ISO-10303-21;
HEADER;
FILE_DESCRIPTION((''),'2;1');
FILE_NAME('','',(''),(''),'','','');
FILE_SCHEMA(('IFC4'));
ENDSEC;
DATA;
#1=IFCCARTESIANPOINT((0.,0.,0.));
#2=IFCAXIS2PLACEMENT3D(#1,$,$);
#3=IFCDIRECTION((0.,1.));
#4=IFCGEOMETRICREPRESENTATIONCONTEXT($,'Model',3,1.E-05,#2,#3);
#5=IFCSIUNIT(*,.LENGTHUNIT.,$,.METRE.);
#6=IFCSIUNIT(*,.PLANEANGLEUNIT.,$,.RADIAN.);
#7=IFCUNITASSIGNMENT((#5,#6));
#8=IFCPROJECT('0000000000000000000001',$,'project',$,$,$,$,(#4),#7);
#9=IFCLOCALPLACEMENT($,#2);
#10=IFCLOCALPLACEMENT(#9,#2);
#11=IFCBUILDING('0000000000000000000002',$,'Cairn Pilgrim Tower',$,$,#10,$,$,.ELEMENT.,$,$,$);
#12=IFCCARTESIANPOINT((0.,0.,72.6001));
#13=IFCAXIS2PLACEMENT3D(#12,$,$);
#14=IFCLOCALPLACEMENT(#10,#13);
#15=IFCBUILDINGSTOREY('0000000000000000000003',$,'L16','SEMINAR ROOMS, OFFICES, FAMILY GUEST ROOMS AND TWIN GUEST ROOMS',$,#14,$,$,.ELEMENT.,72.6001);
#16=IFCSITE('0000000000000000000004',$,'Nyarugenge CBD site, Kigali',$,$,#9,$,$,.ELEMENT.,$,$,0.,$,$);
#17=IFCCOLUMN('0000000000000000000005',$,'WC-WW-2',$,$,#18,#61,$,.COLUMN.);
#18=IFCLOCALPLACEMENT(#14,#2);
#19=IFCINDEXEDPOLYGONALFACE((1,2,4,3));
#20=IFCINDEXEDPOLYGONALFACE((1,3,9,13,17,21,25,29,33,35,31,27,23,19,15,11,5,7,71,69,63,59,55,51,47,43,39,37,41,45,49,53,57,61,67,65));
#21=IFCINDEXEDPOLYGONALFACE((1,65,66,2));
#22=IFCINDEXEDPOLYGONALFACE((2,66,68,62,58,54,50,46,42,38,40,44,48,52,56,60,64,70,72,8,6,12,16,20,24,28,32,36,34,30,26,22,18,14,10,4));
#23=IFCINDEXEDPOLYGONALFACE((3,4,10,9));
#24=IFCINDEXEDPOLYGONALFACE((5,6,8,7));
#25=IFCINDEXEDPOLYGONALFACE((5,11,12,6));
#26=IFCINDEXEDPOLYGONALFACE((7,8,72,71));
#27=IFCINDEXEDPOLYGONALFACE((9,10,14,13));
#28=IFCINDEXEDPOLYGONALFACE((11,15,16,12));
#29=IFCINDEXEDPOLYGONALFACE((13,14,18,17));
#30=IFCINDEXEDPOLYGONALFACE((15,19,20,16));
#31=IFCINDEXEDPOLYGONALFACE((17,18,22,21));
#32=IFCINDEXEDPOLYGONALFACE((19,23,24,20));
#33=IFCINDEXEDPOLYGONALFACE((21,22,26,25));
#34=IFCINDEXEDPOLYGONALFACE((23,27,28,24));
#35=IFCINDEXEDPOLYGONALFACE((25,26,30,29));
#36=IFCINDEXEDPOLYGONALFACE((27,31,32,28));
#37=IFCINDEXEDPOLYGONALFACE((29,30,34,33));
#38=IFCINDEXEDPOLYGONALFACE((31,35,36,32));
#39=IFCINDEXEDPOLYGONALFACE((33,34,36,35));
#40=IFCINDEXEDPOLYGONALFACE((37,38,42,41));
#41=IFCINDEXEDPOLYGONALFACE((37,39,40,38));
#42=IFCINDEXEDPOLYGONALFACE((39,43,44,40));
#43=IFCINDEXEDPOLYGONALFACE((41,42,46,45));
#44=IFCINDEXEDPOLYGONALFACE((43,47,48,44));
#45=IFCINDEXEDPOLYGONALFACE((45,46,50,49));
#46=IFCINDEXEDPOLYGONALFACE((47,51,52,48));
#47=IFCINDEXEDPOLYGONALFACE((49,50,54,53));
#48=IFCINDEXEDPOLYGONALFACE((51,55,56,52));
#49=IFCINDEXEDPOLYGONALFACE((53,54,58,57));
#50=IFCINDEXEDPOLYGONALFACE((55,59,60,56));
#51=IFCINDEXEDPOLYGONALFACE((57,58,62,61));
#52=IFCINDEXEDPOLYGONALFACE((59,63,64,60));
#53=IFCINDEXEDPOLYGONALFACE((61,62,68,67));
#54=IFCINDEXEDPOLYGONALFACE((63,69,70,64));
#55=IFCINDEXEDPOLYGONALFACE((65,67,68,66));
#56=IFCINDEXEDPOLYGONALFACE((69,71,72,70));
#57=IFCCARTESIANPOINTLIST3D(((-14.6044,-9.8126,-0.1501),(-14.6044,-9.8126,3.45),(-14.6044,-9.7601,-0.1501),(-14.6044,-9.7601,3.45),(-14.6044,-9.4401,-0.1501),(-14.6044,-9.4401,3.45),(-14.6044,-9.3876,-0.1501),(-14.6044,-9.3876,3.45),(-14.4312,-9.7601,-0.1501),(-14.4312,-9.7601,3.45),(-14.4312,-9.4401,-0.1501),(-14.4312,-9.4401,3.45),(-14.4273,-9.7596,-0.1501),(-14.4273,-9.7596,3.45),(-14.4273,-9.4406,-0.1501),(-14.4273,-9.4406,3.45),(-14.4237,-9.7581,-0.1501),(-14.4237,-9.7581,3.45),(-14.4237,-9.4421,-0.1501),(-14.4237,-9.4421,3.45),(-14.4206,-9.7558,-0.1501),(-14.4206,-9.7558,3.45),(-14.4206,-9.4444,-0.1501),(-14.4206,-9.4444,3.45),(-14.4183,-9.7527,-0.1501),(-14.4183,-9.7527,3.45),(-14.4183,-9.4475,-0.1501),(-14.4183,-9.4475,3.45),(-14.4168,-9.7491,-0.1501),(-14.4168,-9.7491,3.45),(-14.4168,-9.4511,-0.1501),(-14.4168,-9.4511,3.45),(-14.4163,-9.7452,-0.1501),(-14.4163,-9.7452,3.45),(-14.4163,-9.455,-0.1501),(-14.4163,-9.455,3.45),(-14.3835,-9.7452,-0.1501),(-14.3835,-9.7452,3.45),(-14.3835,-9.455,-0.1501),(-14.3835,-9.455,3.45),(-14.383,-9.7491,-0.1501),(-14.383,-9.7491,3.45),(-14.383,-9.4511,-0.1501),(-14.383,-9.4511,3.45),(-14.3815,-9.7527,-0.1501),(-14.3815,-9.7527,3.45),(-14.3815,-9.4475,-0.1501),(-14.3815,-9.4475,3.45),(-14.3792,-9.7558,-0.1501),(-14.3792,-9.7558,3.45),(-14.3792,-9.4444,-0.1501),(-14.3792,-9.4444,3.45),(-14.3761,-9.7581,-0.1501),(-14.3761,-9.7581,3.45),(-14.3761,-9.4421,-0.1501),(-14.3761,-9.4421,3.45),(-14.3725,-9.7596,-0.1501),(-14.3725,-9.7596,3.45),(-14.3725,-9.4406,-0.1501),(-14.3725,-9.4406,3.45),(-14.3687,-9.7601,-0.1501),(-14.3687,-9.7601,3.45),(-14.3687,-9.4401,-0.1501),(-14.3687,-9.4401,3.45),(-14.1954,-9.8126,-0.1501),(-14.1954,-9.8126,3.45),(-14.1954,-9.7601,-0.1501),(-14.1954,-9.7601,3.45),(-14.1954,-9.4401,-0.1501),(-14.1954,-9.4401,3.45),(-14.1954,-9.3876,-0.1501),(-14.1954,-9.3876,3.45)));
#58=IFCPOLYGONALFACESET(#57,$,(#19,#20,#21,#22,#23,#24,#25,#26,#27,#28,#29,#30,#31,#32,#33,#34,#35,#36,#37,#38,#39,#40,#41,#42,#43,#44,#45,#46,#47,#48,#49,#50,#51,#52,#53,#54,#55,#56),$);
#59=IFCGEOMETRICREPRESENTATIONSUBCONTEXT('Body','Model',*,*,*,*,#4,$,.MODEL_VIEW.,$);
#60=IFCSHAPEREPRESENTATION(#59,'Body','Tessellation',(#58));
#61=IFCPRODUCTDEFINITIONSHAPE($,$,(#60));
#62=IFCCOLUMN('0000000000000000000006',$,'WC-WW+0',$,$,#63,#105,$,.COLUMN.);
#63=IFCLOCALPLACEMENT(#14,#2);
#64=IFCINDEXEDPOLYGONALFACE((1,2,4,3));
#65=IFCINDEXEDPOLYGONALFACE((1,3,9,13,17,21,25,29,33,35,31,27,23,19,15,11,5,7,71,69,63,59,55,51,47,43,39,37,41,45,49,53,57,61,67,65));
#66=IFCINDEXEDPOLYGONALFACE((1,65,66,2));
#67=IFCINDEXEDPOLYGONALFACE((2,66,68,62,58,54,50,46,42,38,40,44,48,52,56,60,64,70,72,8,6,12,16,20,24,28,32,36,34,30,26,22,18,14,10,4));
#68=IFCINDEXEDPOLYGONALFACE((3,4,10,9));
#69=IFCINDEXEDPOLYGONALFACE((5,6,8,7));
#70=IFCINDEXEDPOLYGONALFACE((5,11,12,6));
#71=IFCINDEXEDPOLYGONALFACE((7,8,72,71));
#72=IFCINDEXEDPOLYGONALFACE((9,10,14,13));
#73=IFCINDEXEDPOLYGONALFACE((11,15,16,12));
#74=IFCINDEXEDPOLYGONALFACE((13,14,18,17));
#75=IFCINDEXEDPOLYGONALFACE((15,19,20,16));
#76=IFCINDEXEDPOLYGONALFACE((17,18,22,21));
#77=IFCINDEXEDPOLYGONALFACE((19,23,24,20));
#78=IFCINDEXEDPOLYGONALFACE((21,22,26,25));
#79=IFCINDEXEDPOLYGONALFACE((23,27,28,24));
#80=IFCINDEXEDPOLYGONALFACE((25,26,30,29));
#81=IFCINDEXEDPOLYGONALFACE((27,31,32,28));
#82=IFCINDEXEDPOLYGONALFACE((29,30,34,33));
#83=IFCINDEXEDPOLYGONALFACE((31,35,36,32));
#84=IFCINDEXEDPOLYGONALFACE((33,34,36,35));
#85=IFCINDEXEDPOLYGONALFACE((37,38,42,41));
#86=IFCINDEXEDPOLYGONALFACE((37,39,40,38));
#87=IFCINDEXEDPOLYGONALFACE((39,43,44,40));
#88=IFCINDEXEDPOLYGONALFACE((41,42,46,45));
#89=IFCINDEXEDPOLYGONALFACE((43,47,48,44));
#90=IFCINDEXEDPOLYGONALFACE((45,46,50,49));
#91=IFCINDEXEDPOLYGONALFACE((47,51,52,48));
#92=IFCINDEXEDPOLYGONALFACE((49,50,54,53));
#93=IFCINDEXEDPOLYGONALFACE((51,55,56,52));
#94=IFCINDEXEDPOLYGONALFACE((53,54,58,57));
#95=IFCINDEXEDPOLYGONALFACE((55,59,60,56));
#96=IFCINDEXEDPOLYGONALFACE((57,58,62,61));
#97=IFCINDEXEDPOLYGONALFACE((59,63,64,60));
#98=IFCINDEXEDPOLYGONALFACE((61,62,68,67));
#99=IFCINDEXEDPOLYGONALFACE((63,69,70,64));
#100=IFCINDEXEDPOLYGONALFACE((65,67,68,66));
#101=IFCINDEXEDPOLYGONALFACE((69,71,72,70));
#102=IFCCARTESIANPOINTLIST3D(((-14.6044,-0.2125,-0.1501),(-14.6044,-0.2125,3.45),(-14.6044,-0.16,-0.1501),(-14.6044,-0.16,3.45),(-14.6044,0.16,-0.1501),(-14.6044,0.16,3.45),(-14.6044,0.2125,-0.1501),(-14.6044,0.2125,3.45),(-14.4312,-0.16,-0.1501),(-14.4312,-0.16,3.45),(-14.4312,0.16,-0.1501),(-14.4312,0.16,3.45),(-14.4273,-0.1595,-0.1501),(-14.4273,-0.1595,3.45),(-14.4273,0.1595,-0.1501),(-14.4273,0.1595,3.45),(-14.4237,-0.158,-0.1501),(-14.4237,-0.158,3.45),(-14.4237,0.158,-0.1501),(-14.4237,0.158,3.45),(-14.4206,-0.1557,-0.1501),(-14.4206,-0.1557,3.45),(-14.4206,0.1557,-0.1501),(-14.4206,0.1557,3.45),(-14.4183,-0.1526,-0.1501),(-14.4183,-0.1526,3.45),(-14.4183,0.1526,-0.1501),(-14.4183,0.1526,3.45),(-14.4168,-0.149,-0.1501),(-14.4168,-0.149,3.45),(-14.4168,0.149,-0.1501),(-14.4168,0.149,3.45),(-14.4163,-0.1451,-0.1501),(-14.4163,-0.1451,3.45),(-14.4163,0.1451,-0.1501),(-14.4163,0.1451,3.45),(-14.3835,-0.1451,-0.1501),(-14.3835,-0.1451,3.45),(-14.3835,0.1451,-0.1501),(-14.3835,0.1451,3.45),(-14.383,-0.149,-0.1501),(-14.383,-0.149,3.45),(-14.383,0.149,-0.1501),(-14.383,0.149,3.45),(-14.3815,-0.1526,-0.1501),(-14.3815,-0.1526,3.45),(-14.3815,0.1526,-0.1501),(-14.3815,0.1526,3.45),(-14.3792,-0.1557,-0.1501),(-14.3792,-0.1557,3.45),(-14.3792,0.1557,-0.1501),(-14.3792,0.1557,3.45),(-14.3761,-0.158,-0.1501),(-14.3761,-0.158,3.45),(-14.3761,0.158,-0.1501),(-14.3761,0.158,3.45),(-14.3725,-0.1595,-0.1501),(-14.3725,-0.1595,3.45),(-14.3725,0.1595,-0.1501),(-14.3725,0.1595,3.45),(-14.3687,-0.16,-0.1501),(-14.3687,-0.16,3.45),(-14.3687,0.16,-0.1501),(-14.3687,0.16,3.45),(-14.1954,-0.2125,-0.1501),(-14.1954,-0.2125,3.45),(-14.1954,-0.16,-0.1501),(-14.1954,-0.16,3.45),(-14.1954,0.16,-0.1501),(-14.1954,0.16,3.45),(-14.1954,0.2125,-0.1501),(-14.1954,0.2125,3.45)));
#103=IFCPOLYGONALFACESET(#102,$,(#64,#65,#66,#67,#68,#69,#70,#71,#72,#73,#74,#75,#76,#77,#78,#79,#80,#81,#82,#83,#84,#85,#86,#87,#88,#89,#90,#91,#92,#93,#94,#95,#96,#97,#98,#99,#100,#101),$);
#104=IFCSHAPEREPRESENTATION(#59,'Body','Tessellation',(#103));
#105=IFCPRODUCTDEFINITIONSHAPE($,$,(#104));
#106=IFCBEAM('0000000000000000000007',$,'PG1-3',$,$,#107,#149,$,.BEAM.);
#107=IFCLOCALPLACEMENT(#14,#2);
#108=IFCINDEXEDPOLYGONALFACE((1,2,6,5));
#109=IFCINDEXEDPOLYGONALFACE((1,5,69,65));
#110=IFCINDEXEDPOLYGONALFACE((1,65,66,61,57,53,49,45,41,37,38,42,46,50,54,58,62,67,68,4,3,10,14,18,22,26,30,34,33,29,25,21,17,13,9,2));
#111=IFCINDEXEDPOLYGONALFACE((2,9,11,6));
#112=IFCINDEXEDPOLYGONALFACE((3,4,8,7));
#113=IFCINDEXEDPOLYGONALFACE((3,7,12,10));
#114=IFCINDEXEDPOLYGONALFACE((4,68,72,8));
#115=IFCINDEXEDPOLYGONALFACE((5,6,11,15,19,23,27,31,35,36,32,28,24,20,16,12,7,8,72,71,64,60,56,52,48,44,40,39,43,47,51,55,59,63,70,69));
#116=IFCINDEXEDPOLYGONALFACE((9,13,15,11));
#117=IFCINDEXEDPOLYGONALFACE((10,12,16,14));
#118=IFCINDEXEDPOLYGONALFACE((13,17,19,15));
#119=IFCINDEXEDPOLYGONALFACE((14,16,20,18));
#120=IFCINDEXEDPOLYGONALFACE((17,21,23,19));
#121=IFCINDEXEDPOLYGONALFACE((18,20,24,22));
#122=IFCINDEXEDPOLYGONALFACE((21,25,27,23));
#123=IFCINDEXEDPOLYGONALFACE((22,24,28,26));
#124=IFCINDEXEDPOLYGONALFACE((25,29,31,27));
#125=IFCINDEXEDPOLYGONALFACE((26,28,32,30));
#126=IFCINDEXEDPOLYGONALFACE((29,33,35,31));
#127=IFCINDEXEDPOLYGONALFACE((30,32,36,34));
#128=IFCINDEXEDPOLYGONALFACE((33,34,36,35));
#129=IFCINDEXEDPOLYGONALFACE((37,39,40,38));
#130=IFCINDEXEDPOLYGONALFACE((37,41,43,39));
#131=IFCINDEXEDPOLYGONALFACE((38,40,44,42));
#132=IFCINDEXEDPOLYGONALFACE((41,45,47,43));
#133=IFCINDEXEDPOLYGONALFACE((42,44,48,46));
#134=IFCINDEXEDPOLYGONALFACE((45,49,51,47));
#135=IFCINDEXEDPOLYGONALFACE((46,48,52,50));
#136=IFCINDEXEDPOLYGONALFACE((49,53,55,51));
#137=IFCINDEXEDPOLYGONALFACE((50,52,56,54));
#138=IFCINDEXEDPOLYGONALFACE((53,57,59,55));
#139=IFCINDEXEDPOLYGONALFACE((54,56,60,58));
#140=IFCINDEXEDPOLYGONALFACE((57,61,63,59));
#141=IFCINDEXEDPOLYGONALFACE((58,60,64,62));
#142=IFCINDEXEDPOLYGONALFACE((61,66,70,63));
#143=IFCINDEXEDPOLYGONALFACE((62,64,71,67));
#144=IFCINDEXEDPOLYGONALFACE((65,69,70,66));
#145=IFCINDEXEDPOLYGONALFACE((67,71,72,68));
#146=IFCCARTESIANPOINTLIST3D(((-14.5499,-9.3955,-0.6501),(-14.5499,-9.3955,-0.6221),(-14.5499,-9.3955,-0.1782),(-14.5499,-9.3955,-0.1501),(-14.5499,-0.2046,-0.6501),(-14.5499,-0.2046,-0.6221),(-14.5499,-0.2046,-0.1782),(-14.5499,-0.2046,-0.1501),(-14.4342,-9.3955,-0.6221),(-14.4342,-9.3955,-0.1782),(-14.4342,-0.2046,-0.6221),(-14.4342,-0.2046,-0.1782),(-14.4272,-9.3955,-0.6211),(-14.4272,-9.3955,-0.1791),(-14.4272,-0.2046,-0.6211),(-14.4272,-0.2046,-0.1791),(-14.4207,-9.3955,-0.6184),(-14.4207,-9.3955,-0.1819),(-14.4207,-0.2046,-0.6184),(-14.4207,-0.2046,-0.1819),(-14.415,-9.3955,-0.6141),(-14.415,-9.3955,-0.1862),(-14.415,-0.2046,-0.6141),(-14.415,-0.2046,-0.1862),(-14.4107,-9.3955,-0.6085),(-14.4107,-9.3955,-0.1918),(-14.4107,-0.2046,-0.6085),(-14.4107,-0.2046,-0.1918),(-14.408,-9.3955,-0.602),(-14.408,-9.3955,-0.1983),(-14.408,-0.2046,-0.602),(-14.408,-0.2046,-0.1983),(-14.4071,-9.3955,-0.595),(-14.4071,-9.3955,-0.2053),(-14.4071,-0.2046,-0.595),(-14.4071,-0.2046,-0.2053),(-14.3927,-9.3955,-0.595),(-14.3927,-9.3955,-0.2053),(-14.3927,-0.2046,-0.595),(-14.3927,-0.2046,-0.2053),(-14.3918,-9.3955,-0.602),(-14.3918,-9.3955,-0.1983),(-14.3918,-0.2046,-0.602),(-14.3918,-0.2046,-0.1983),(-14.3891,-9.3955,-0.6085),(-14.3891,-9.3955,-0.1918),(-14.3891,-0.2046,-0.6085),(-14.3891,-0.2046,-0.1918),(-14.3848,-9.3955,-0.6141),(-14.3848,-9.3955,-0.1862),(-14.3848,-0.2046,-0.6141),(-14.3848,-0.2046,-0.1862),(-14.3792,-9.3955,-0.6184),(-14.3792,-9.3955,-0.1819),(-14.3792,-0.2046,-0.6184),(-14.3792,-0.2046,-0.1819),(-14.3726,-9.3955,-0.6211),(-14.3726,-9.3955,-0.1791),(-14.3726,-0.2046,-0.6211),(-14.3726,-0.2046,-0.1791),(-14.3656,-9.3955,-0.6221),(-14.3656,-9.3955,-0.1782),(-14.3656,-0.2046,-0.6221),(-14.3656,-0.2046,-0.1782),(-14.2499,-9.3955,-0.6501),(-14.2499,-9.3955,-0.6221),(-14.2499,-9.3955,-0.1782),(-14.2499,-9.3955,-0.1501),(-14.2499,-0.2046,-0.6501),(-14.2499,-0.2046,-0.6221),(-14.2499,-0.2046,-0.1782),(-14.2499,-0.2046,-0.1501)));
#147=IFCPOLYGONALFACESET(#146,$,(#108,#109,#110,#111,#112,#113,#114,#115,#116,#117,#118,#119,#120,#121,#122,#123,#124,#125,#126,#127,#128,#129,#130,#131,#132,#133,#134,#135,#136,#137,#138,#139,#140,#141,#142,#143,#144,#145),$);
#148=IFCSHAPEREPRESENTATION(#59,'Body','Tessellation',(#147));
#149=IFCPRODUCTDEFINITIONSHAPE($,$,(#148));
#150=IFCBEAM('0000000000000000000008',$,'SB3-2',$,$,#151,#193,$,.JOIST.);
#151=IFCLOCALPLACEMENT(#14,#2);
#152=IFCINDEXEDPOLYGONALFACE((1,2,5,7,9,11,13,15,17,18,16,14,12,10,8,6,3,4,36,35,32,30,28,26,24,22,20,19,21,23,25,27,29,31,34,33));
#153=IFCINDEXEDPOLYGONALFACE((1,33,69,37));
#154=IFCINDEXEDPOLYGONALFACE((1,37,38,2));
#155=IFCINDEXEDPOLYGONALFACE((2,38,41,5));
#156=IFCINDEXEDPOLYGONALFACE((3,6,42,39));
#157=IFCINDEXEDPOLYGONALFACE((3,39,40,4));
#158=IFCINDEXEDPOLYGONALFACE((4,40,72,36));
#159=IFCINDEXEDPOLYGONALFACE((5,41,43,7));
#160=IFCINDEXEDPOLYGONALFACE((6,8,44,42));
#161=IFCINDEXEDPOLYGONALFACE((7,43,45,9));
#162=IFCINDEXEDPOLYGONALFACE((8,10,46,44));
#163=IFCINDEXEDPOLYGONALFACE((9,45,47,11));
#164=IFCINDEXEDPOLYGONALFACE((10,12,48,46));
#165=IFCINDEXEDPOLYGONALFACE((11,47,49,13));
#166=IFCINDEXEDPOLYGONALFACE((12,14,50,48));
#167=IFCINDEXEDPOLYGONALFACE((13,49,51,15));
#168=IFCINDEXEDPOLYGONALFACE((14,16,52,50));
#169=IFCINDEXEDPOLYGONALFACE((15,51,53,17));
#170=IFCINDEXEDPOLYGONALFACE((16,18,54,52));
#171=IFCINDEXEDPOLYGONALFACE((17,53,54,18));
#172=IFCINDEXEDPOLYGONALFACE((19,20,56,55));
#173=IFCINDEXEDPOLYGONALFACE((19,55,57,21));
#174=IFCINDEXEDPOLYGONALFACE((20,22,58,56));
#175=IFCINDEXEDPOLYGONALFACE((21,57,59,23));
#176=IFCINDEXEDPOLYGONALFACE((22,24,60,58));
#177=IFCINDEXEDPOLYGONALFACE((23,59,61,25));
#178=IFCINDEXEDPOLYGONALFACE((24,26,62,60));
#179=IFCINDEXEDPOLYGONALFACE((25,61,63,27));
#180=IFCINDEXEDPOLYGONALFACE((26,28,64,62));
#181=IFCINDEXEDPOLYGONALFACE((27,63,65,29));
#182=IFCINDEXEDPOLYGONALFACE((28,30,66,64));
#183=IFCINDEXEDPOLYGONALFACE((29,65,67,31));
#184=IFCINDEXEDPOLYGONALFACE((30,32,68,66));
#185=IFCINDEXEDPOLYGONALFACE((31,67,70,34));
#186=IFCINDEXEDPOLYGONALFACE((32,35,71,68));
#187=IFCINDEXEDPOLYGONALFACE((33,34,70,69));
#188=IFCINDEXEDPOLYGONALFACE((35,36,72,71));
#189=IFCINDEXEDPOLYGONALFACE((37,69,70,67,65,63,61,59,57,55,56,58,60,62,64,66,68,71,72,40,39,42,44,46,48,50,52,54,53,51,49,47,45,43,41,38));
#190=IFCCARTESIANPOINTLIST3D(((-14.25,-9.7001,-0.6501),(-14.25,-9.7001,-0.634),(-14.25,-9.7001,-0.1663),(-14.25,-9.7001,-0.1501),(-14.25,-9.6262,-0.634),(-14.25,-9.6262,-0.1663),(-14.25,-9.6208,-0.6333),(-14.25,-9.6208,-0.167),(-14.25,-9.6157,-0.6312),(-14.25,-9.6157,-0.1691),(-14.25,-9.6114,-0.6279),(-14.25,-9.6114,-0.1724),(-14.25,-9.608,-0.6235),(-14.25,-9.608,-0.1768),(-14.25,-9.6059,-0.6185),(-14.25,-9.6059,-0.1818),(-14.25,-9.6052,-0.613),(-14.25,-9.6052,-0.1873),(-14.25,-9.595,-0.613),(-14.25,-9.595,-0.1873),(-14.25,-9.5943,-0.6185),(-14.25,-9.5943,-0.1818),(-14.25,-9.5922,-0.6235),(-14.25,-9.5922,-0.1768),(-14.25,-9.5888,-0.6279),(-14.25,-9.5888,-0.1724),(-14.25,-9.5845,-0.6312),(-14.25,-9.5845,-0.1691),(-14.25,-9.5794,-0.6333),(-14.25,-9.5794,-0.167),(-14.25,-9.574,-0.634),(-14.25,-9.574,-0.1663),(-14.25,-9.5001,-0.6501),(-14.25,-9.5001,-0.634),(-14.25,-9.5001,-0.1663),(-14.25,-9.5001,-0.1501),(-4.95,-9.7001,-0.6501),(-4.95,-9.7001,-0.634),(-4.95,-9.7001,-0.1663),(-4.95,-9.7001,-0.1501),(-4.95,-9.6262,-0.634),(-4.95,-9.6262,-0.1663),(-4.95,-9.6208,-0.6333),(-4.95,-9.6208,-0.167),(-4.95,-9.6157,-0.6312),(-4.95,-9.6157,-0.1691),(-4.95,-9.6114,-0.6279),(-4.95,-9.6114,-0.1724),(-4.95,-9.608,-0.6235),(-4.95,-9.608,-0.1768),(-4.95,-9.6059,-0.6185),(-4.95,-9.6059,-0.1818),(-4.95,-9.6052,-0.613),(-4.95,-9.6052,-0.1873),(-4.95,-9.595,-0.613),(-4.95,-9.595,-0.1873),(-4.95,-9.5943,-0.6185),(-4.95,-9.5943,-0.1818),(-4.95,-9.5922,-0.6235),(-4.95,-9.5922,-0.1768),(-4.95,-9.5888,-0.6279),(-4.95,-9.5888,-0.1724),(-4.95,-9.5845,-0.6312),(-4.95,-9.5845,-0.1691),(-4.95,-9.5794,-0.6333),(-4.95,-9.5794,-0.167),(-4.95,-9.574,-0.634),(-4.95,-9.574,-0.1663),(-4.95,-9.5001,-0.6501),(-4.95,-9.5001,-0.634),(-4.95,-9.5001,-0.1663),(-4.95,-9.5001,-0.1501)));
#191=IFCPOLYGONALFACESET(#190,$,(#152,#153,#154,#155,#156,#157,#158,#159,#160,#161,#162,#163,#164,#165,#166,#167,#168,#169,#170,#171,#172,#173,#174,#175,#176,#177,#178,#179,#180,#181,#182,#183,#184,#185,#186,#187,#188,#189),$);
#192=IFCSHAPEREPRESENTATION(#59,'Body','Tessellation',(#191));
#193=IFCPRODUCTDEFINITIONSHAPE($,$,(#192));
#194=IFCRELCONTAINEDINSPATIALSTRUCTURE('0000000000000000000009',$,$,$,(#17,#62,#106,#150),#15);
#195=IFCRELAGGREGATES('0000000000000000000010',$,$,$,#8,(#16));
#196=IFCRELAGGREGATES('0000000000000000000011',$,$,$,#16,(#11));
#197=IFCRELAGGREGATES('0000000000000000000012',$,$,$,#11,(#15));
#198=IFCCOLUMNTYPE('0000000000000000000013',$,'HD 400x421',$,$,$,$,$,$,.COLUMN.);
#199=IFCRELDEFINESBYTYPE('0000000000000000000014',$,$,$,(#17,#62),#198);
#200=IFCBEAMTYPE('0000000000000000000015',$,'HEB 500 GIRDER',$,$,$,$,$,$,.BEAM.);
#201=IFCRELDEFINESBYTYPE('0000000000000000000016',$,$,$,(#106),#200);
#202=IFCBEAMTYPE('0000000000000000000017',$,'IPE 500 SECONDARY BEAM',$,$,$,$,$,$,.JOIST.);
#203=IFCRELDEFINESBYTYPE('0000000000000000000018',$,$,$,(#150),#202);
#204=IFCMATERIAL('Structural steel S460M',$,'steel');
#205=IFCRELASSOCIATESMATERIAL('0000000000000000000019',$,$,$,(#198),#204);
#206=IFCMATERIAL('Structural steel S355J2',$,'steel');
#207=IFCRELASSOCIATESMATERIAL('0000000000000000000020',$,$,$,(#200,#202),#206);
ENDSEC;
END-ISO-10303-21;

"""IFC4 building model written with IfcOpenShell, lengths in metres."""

from ifc_helpers import new_model, si_unit, direction, frame, origin, origin_2d, place, context, subcontext, project, spatial, i_section, extrude, material, material_profile, profile_set, type_object, element, save


model = new_model("IFC4")

# Units and contexts
model_context = context("Model", 3, precision=1e-05, world=origin(), true_north=direction((0.0, 1.0)))
body_context = subcontext(model_context, "Body", "Model", "MODEL_VIEW")
ifc_project = project(units=[si_unit("LENGTHUNIT", "METRE"), si_unit("PLANEANGLEUNIT", "RADIAN")], contexts=[model_context])

# Site, building, storey
site_placement = place(None, origin())
site = spatial("IfcSite", under=ifc_project, at=site_placement, Name="Nyarugenge CBD site, Kigali", CompositionType="ELEMENT", RefElevation=0.0)
building_placement = place(site_placement, origin())
building = spatial("IfcBuilding", under=site, at=building_placement, Name="Cairn Pilgrim Tower", CompositionType="ELEMENT")
storey_placement = place(building_placement, frame((0.0, 0.0, 72.6001)))
storey = spatial("IfcBuildingStorey", under=building, at=storey_placement, Name="L16", Description="SEMINAR ROOMS, OFFICES, FAMILY GUEST ROOMS AND TWIN GUEST ROOMS", CompositionType="ELEMENT", Elevation=72.6001)

# Columns
ifc_material_1 = material(Name="Structural steel S460M", Category="steel")
ifc_material_profile_1 = material_profile(ifc_material_1, i_section(OverallWidth=0.4089, OverallDepth=0.425, WebThickness=0.0327, FlangeThickness=0.0525, FilletRadius=0.0149, at=origin_2d()), Name="HD 400x421")
ifc_profile_set_1 = profile_set([ifc_material_profile_1], Name="Structural steel S460M")
column_type = type_object("IfcColumnType", Name="HD 400x421", PredefinedType="COLUMN", material=ifc_profile_set_1)
for number, where, z_axis, x_axis, name in (
    (1, (-14.3999, -9.6001, -0.1501), (0.0, 0.0, 1.0), (1.0, 0.0, 0.0), "WC-WW-2"),
    (2, (-14.3999, 0.0, -0.1501), (0.0, 0.0, 1.0), (1.0, 0.0, 0.0), "WC-WW+0"),
):
    element("IfcColumn", number, at=place(storey_placement, frame(where, z_axis=z_axis, x_axis=x_axis)), inside=storey, type_object=column_type, Name=name, PredefinedType="COLUMN", context=body_context, shape_type="SweptSolid", body=[
        extrude(i_section(OverallWidth=0.4089, OverallDepth=0.425, WebThickness=0.0327, FlangeThickness=0.0525, FilletRadius=0.0149, at=origin_2d()), origin(), (0.0, 0.0, 1.0), 3.6001),
    ])

# Beams
ifc_material_2 = material(Name="Structural steel S355J2", Category="steel")
ifc_material_profile_2 = material_profile(ifc_material_2, i_section(OverallWidth=0.3, OverallDepth=0.5, WebThickness=0.0144, FlangeThickness=0.0281, FilletRadius=0.0271, at=origin_2d()), Name="HEB 500")
ifc_profile_set_2 = profile_set([ifc_material_profile_2], Name="Structural steel S355J2")
beam_type_1 = type_object("IfcBeamType", Name="HEB 500 GIRDER", PredefinedType="BEAM", material=ifc_profile_set_2)
beam_placement = place(storey_placement, frame((-14.3999, -9.3955, -0.4001), z_axis=(0.0, 1.0, 0.0), x_axis=(-1.0, 0.0, 0.0)))
element("IfcBeam", 3, at=beam_placement, inside=storey, type_object=beam_type_1, Name="PG1-3", PredefinedType="BEAM", context=body_context, shape_type="SweptSolid", body=[
    extrude(i_section(OverallWidth=0.3, OverallDepth=0.5, WebThickness=0.0144, FlangeThickness=0.0281, FilletRadius=0.0271, at=origin_2d()), origin(), (0.0, 0.0, 1.0), 9.1909),
])
ifc_material_profile_3 = material_profile(ifc_material_2, i_section(OverallWidth=0.2, OverallDepth=0.5, WebThickness=0.0103, FlangeThickness=0.0161, FilletRadius=0.021, at=origin_2d()), Name="IPE 500")
ifc_profile_set_3 = profile_set([ifc_material_profile_3], Name="Structural steel S355J2")
beam_type_2 = type_object("IfcBeamType", Name="IPE 500 SECONDARY BEAM", PredefinedType="JOIST", material=ifc_profile_set_3)
for number, where, z_axis, x_axis, name in (
    (4, (-14.25, -9.6001, -0.4001), (1.0, 0.0, 0.0), (0.0, 1.0, 0.0), "SB3-2"),
):
    element("IfcBeam", number, at=place(storey_placement, frame(where, z_axis=z_axis, x_axis=x_axis)), inside=storey, type_object=beam_type_2, Name=name, PredefinedType="JOIST", context=body_context, shape_type="SweptSolid", body=[
        extrude(i_section(OverallWidth=0.2, OverallDepth=0.5, WebThickness=0.0103, FlangeThickness=0.0161, FilletRadius=0.021, at=origin_2d()), origin(), (0.0, 0.0, 1.0), 9.3),
    ])

save(model, "model.ifc")
